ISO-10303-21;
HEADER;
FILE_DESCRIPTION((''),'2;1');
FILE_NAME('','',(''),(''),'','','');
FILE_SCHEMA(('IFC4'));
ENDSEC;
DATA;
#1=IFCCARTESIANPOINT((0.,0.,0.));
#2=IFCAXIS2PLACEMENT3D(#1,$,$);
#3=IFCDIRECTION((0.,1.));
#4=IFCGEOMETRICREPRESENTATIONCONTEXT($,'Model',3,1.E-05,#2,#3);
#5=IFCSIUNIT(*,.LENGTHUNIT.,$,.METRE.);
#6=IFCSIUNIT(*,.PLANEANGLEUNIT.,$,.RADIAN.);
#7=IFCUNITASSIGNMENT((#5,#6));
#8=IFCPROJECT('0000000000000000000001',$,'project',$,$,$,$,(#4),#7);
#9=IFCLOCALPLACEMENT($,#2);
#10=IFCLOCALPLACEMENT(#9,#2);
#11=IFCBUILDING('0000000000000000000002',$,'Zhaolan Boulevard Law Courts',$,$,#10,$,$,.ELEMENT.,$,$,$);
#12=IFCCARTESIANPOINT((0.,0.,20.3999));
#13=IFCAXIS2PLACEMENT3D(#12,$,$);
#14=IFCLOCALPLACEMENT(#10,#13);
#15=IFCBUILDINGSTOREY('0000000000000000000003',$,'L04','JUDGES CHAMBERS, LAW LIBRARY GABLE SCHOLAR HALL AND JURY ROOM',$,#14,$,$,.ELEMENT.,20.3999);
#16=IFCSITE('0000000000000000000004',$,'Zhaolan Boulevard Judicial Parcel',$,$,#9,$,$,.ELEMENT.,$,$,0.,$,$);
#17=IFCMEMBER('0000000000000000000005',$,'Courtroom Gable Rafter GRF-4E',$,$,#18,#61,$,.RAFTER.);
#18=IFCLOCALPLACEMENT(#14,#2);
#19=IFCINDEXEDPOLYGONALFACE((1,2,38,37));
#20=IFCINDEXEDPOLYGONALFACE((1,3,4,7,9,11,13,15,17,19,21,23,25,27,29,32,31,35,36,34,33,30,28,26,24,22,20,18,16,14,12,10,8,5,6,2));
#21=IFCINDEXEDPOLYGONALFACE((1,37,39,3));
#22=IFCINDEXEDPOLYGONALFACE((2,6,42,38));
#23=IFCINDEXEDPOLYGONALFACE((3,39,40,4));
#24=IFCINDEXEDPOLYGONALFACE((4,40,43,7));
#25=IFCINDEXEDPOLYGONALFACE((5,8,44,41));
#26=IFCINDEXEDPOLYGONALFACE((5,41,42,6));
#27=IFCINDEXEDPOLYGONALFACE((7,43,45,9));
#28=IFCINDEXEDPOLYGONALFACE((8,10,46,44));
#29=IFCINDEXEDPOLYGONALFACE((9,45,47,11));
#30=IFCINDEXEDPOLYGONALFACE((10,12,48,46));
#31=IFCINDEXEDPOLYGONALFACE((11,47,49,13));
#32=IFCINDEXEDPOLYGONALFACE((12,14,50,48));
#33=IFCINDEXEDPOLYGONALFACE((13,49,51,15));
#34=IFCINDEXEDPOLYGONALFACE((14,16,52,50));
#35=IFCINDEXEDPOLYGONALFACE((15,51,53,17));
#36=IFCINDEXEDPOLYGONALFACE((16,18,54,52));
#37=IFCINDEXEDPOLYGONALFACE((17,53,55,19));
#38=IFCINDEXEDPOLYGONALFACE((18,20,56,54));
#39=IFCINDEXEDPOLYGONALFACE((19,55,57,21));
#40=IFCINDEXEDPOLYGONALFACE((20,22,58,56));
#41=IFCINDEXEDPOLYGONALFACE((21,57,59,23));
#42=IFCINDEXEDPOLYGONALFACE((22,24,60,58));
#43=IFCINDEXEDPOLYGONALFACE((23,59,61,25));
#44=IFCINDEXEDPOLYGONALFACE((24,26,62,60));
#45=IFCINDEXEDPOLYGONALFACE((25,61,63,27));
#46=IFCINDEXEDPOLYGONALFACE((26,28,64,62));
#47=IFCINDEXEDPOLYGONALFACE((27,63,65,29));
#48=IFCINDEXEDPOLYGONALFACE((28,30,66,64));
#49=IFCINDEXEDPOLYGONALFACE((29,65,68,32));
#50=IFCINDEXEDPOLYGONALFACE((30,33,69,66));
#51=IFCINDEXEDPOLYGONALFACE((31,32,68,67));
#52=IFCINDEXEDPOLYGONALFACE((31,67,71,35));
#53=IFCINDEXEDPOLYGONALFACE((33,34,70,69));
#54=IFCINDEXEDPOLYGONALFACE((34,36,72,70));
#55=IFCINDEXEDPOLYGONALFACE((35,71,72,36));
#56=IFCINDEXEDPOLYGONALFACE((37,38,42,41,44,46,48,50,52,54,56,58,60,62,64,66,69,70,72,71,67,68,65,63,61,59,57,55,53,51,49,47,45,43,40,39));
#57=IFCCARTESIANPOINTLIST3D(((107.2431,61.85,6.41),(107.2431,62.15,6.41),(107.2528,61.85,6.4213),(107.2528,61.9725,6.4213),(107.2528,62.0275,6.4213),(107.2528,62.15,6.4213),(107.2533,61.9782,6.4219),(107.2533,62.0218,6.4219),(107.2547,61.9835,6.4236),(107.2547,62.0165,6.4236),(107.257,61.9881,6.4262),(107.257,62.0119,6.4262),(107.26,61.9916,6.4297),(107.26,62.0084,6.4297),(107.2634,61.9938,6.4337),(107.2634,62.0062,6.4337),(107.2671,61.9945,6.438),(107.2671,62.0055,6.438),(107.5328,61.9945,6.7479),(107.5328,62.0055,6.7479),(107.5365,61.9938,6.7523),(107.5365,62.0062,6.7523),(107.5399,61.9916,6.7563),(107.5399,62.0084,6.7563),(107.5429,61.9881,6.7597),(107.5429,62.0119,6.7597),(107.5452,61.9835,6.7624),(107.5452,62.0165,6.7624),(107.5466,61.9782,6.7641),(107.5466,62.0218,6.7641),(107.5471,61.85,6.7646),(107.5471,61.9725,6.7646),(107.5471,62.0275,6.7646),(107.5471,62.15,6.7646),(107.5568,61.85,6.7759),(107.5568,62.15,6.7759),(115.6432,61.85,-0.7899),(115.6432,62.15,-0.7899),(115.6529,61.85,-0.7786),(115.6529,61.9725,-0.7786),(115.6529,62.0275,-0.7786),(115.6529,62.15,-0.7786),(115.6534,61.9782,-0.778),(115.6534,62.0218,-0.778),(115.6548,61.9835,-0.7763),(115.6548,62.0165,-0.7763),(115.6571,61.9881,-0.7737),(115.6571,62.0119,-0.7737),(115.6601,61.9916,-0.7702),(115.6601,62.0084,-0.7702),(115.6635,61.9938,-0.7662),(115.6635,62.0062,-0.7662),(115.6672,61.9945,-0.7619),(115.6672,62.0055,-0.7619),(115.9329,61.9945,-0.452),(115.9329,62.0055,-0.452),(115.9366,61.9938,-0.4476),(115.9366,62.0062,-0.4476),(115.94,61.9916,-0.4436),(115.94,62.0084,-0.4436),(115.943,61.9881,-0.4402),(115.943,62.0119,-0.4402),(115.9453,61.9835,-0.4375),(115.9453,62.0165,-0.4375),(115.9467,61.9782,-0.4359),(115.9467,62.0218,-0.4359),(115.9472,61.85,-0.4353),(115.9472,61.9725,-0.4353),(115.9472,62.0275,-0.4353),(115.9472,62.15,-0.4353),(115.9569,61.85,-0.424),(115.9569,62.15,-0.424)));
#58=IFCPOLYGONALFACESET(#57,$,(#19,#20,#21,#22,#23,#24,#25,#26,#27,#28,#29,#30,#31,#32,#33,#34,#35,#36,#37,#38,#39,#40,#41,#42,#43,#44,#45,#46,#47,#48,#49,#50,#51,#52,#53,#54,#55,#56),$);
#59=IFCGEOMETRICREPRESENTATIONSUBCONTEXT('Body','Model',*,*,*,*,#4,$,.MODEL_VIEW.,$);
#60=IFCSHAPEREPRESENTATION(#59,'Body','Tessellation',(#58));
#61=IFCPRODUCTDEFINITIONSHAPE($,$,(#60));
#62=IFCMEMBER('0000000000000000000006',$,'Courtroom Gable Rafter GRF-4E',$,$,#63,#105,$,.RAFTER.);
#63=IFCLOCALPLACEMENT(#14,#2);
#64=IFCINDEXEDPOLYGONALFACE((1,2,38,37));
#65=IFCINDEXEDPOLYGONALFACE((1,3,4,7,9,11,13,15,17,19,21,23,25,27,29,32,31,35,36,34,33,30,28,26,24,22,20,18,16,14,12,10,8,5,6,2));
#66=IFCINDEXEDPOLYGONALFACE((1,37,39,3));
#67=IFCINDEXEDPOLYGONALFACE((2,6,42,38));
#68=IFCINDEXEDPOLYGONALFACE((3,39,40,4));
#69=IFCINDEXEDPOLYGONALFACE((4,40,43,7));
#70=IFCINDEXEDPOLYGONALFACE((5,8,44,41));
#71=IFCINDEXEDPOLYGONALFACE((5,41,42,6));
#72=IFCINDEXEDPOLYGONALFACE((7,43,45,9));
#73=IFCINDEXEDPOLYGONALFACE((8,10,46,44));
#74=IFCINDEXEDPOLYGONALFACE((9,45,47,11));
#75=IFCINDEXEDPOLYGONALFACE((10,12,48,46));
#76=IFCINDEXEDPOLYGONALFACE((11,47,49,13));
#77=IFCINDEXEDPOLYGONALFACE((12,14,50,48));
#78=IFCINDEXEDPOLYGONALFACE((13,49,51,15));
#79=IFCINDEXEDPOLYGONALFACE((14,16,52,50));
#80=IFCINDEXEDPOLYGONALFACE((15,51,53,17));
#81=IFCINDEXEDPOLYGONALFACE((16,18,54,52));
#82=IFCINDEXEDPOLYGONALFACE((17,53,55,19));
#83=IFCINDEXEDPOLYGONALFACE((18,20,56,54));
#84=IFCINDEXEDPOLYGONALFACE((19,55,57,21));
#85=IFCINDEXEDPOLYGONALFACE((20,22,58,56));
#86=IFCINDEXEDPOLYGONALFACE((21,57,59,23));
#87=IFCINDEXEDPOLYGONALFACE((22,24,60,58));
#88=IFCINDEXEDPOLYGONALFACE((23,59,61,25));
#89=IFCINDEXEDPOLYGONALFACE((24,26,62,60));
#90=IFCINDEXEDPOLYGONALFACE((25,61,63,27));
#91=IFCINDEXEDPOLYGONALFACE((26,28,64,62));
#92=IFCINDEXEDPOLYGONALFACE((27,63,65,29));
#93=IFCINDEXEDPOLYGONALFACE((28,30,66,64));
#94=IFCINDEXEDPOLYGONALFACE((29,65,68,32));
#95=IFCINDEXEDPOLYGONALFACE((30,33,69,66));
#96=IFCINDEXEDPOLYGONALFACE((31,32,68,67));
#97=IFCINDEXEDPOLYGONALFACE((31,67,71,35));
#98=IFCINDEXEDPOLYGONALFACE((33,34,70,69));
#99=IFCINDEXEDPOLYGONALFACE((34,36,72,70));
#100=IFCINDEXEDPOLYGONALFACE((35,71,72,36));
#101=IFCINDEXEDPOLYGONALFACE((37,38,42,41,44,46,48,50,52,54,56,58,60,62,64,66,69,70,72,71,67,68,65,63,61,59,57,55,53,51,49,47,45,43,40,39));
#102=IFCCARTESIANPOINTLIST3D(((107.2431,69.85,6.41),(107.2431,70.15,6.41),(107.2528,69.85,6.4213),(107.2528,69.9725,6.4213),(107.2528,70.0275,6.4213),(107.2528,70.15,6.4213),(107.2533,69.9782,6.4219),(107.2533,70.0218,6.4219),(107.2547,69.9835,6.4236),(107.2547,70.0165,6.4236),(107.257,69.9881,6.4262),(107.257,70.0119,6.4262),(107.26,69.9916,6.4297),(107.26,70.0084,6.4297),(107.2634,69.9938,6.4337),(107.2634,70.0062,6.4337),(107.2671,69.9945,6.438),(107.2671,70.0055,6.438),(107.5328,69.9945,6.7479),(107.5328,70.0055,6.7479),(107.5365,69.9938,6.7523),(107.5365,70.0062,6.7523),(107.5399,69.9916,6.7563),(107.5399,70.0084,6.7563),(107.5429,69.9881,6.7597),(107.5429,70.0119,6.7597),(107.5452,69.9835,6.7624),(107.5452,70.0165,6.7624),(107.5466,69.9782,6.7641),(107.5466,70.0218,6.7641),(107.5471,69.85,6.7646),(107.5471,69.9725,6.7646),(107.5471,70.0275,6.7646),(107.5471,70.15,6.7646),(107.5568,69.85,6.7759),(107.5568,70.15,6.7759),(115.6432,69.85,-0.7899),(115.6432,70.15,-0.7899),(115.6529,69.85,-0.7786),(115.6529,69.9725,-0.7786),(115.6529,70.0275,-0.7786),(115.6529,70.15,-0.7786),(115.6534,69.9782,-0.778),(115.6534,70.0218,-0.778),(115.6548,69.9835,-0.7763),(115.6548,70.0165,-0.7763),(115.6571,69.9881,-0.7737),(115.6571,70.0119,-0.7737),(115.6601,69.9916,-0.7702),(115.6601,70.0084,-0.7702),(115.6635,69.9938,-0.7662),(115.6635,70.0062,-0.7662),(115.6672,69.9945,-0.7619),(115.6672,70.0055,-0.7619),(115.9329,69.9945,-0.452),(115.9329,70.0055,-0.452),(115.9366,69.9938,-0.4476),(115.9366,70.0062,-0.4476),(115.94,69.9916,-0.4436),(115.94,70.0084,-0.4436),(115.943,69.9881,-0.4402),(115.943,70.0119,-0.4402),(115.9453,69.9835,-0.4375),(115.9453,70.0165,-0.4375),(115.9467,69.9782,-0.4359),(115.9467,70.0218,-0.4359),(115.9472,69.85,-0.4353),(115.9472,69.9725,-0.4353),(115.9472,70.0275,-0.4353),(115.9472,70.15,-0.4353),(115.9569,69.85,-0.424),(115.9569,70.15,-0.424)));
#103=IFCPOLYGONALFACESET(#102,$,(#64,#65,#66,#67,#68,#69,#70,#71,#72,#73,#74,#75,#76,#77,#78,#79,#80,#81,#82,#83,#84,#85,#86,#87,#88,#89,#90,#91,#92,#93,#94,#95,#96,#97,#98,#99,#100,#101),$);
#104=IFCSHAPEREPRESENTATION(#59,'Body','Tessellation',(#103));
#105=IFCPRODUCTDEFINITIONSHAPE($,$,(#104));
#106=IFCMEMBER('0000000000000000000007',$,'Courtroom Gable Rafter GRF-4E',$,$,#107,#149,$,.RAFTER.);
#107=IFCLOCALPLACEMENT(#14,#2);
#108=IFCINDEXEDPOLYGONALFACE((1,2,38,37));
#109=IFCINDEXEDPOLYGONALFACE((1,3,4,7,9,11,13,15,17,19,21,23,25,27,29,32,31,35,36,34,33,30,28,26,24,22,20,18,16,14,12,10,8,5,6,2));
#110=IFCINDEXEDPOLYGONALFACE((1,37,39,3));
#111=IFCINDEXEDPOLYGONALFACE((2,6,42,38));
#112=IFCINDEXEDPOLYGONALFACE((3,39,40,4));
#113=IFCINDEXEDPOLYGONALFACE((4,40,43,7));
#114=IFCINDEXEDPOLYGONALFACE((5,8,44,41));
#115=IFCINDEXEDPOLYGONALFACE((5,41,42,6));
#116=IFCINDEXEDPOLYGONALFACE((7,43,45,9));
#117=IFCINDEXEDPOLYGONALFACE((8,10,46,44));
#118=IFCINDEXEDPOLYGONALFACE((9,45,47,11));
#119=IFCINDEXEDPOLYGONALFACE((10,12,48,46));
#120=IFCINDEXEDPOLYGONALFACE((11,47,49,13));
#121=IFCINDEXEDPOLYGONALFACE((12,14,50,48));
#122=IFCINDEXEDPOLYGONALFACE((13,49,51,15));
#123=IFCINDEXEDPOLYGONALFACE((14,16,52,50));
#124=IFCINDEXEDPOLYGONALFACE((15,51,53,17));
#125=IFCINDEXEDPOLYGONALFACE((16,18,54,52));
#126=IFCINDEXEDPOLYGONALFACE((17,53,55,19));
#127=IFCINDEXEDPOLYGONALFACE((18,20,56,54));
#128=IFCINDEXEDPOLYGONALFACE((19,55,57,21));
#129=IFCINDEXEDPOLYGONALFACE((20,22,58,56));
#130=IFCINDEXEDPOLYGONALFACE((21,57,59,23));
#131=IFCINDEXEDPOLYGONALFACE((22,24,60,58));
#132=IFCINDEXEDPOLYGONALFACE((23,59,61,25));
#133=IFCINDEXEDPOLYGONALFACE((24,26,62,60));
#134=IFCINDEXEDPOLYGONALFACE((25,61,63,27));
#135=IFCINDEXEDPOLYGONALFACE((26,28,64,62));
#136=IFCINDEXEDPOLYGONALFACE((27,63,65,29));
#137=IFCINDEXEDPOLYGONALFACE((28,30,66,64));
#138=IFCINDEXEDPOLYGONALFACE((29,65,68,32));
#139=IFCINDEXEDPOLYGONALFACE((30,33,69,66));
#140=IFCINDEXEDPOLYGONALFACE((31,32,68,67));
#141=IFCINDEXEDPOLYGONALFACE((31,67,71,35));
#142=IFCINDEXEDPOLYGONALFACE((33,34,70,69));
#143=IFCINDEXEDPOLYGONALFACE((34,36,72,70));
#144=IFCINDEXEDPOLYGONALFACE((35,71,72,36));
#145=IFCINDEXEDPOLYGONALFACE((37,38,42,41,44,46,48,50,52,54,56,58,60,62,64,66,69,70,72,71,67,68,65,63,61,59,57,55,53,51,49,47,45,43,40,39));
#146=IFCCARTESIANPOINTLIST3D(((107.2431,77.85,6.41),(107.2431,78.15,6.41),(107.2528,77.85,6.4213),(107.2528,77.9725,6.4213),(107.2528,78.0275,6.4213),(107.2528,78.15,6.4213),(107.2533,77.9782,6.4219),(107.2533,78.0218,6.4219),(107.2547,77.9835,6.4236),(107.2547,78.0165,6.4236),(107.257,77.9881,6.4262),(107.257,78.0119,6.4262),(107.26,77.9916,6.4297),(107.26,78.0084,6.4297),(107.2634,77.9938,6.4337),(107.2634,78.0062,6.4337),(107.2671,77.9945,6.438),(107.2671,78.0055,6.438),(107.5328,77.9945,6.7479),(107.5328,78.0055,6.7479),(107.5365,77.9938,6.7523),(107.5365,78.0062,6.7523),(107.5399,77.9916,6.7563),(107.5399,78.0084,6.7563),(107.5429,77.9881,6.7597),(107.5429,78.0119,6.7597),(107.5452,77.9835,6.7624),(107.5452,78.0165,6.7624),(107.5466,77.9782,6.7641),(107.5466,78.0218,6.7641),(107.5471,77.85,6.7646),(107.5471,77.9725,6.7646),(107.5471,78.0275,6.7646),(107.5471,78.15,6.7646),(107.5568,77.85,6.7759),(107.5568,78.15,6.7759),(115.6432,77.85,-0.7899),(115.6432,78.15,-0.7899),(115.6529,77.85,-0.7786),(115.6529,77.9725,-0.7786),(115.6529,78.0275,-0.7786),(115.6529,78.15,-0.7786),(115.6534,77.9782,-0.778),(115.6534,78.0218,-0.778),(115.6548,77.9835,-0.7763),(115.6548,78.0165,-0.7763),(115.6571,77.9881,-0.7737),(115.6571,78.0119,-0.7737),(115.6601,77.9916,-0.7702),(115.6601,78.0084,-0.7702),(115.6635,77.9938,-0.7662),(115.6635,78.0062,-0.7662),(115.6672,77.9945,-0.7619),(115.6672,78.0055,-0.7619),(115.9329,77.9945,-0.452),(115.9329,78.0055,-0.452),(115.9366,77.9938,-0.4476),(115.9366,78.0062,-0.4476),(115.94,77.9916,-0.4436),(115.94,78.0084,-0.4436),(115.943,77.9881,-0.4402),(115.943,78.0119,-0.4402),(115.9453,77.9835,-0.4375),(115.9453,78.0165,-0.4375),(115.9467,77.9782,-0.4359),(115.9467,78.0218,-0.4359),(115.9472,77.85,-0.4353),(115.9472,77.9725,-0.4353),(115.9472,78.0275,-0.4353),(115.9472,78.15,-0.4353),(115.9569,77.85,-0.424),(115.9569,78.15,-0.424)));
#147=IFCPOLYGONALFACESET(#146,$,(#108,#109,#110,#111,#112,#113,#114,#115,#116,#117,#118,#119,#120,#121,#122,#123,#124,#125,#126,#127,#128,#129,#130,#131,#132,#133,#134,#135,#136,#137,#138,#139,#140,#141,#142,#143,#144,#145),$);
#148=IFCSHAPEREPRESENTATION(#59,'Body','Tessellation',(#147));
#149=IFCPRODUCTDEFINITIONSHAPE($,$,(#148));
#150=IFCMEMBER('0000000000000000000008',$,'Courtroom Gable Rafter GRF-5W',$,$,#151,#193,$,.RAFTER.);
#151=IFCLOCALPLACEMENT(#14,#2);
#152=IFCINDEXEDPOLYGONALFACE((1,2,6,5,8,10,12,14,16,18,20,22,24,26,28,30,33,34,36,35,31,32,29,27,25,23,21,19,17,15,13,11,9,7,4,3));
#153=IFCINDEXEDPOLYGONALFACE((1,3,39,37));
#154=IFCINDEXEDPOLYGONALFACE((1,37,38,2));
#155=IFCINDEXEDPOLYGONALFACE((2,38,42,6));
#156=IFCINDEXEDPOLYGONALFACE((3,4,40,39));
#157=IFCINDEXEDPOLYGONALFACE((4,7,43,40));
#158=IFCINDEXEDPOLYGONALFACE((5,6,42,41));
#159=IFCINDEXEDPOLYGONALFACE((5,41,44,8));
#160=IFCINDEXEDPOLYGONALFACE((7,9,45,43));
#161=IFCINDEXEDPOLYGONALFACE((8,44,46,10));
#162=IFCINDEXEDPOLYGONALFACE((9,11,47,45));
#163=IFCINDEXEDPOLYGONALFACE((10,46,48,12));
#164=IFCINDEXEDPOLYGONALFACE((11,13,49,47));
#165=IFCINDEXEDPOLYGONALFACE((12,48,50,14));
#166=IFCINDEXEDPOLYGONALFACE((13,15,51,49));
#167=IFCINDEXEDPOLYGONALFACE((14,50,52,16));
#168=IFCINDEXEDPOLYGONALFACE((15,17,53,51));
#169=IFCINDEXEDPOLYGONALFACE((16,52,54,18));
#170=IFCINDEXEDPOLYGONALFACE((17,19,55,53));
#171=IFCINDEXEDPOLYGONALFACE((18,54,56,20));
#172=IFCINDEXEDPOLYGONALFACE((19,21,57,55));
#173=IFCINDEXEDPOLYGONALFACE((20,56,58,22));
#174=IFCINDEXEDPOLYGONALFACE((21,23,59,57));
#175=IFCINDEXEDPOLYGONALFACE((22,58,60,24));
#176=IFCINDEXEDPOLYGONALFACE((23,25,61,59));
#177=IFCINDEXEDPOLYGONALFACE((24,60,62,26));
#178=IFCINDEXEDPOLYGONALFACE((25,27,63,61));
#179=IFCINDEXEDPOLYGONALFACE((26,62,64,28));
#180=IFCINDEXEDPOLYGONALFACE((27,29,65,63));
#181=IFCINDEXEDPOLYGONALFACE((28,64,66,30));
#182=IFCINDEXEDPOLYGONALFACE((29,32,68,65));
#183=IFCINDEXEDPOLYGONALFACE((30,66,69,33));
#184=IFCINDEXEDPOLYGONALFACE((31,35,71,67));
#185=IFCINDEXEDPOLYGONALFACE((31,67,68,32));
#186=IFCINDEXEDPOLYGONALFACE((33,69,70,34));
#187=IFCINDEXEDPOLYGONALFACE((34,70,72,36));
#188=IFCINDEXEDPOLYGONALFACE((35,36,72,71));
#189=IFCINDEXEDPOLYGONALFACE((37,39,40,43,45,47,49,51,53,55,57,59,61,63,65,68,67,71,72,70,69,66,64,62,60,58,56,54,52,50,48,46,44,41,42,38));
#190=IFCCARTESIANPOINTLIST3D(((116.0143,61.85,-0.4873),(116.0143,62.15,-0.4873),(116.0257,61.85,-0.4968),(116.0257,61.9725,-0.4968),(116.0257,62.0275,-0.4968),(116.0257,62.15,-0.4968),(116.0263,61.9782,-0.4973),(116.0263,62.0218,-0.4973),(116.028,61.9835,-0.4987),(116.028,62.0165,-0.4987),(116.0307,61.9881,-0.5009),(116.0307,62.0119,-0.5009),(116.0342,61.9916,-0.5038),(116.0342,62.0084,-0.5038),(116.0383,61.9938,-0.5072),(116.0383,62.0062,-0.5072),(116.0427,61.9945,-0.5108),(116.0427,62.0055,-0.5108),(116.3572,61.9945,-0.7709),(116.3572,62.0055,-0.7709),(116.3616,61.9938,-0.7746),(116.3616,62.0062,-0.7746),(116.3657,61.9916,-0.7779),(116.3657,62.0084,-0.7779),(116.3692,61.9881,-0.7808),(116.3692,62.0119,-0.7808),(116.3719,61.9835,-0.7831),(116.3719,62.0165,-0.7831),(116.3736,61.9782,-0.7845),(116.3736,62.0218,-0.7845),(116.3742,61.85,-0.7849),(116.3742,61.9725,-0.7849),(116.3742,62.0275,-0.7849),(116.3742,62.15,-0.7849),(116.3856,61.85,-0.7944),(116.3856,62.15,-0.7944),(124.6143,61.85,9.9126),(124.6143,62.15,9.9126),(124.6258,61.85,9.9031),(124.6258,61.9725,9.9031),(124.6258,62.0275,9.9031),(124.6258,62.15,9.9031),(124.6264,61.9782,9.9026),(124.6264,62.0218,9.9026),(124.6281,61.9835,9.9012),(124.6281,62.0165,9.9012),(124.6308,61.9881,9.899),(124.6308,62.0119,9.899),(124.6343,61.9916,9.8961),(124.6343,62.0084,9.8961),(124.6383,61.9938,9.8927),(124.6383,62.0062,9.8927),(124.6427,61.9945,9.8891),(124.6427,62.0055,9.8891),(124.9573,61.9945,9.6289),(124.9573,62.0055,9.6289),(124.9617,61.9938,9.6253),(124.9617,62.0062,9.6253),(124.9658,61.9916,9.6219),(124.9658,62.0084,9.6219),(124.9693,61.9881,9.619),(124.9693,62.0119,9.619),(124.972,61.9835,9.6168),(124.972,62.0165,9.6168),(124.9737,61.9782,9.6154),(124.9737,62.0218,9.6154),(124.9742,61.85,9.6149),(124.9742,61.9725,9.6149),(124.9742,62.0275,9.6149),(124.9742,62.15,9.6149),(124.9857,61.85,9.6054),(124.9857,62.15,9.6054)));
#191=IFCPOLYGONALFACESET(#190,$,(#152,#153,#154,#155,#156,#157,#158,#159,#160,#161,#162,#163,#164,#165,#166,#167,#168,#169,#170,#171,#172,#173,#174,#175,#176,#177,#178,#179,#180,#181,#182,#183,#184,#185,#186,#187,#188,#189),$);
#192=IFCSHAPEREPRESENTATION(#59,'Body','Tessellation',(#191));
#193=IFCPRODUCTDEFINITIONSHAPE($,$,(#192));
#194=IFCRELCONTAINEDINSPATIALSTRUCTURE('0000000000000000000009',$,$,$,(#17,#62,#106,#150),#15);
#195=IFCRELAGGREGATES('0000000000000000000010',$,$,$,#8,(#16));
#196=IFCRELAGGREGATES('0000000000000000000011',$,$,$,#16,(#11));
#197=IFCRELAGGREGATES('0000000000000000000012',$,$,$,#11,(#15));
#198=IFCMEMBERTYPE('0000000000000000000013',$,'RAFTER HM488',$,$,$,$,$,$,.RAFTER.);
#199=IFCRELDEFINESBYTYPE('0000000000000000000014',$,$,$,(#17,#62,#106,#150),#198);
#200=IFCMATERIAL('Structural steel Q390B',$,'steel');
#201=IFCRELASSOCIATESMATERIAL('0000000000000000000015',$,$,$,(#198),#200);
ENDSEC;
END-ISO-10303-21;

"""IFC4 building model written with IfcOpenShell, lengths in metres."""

from ifc_helpers import new_model, si_unit, direction, frame, origin, origin_2d, place, context, subcontext, project, spatial, i_section, extrude, material, material_profile, profile_set, type_object, element, save


model = new_model("IFC4")

# Units and contexts
model_context = context("Model", 3, precision=1e-05, world=origin(), true_north=direction((0.0, 1.0)))
body_context = subcontext(model_context, "Body", "Model", "MODEL_VIEW")
ifc_project = project(units=[si_unit("LENGTHUNIT", "METRE"), si_unit("PLANEANGLEUNIT", "RADIAN")], contexts=[model_context])

# Site, building, storey
site_placement = place(None, origin())
site = spatial("IfcSite", under=ifc_project, at=site_placement, Name="Zhaolan Boulevard Judicial Parcel", CompositionType="ELEMENT", RefElevation=0.0)
building_placement = place(site_placement, origin())
building = spatial("IfcBuilding", under=site, at=building_placement, Name="Zhaolan Boulevard Law Courts", CompositionType="ELEMENT")
storey_placement = place(building_placement, frame((0.0, 0.0, 20.3999)))
storey = spatial("IfcBuildingStorey", under=building, at=storey_placement, Name="L04", Description="JUDGES CHAMBERS, LAW LIBRARY GABLE SCHOLAR HALL AND JURY ROOM", CompositionType="ELEMENT", Elevation=20.3999)

# Members
ifc_material_1 = material(Name="Structural steel Q390B", Category="steel")
ifc_material_profile_1 = material_profile(ifc_material_1, i_section(OverallWidth=0.3, OverallDepth=0.4819, WebThickness=0.011, FlangeThickness=0.0149, FilletRadius=0.022, at=origin_2d()), Name="HM482x300")
ifc_profile_set_1 = profile_set([ifc_material_profile_1], Name="Structural steel Q390B")
member_type_1 = type_object("IfcMemberType", Name="RAFTER HM488", PredefinedType="RAFTER", material=ifc_profile_set_1)
for number, where, z_axis, x_axis, name in (
    (1, (115.8, 62.0, -0.6069), (-0.759264, 0.0, 0.650782), (0.0, -1.0, 0.0), "Courtroom Gable Rafter GRF-4E"),
    (2, (115.8, 70.0, -0.6069), (-0.759264, 0.0, 0.650782), (0.0, -1.0, 0.0), "Courtroom Gable Rafter GRF-4E"),
    (3, (115.8, 78.0, -0.6069), (-0.759264, 0.0, 0.650782), (0.0, -1.0, 0.0), "Courtroom Gable Rafter GRF-4E"),
):
    element("IfcMember", number, at=place(storey_placement, frame(where, z_axis=z_axis, x_axis=x_axis)), inside=storey, type_object=member_type_1, Name=name, PredefinedType="RAFTER", context=body_context, shape_type="SweptSolid", body=[
        extrude(i_section(OverallWidth=0.3, OverallDepth=0.4819, WebThickness=0.011, FlangeThickness=0.0149, FilletRadius=0.022, at=origin_2d()), origin(), (0.0, 0.0, 1.0), 11.0635),
    ])
member_1_placement = place(storey_placement, frame((116.2, 62.0, -0.6409), z_axis=(0.637272, 0.0, 0.770639), x_axis=(0.0, 1.0, 0.0)))
element("IfcMember", 4, at=member_1_placement, inside=storey, type_object=member_type_1, Name="Courtroom Gable Rafter GRF-5W", PredefinedType="RAFTER", context=body_context, shape_type="SweptSolid", body=[
    extrude(i_section(OverallWidth=0.3, OverallDepth=0.4819, WebThickness=0.011, FlangeThickness=0.0149, FilletRadius=0.022, at=origin_2d()), origin(), (0.0, 0.0, 1.0), 13.4951),
])

save(model, "model.ifc")
